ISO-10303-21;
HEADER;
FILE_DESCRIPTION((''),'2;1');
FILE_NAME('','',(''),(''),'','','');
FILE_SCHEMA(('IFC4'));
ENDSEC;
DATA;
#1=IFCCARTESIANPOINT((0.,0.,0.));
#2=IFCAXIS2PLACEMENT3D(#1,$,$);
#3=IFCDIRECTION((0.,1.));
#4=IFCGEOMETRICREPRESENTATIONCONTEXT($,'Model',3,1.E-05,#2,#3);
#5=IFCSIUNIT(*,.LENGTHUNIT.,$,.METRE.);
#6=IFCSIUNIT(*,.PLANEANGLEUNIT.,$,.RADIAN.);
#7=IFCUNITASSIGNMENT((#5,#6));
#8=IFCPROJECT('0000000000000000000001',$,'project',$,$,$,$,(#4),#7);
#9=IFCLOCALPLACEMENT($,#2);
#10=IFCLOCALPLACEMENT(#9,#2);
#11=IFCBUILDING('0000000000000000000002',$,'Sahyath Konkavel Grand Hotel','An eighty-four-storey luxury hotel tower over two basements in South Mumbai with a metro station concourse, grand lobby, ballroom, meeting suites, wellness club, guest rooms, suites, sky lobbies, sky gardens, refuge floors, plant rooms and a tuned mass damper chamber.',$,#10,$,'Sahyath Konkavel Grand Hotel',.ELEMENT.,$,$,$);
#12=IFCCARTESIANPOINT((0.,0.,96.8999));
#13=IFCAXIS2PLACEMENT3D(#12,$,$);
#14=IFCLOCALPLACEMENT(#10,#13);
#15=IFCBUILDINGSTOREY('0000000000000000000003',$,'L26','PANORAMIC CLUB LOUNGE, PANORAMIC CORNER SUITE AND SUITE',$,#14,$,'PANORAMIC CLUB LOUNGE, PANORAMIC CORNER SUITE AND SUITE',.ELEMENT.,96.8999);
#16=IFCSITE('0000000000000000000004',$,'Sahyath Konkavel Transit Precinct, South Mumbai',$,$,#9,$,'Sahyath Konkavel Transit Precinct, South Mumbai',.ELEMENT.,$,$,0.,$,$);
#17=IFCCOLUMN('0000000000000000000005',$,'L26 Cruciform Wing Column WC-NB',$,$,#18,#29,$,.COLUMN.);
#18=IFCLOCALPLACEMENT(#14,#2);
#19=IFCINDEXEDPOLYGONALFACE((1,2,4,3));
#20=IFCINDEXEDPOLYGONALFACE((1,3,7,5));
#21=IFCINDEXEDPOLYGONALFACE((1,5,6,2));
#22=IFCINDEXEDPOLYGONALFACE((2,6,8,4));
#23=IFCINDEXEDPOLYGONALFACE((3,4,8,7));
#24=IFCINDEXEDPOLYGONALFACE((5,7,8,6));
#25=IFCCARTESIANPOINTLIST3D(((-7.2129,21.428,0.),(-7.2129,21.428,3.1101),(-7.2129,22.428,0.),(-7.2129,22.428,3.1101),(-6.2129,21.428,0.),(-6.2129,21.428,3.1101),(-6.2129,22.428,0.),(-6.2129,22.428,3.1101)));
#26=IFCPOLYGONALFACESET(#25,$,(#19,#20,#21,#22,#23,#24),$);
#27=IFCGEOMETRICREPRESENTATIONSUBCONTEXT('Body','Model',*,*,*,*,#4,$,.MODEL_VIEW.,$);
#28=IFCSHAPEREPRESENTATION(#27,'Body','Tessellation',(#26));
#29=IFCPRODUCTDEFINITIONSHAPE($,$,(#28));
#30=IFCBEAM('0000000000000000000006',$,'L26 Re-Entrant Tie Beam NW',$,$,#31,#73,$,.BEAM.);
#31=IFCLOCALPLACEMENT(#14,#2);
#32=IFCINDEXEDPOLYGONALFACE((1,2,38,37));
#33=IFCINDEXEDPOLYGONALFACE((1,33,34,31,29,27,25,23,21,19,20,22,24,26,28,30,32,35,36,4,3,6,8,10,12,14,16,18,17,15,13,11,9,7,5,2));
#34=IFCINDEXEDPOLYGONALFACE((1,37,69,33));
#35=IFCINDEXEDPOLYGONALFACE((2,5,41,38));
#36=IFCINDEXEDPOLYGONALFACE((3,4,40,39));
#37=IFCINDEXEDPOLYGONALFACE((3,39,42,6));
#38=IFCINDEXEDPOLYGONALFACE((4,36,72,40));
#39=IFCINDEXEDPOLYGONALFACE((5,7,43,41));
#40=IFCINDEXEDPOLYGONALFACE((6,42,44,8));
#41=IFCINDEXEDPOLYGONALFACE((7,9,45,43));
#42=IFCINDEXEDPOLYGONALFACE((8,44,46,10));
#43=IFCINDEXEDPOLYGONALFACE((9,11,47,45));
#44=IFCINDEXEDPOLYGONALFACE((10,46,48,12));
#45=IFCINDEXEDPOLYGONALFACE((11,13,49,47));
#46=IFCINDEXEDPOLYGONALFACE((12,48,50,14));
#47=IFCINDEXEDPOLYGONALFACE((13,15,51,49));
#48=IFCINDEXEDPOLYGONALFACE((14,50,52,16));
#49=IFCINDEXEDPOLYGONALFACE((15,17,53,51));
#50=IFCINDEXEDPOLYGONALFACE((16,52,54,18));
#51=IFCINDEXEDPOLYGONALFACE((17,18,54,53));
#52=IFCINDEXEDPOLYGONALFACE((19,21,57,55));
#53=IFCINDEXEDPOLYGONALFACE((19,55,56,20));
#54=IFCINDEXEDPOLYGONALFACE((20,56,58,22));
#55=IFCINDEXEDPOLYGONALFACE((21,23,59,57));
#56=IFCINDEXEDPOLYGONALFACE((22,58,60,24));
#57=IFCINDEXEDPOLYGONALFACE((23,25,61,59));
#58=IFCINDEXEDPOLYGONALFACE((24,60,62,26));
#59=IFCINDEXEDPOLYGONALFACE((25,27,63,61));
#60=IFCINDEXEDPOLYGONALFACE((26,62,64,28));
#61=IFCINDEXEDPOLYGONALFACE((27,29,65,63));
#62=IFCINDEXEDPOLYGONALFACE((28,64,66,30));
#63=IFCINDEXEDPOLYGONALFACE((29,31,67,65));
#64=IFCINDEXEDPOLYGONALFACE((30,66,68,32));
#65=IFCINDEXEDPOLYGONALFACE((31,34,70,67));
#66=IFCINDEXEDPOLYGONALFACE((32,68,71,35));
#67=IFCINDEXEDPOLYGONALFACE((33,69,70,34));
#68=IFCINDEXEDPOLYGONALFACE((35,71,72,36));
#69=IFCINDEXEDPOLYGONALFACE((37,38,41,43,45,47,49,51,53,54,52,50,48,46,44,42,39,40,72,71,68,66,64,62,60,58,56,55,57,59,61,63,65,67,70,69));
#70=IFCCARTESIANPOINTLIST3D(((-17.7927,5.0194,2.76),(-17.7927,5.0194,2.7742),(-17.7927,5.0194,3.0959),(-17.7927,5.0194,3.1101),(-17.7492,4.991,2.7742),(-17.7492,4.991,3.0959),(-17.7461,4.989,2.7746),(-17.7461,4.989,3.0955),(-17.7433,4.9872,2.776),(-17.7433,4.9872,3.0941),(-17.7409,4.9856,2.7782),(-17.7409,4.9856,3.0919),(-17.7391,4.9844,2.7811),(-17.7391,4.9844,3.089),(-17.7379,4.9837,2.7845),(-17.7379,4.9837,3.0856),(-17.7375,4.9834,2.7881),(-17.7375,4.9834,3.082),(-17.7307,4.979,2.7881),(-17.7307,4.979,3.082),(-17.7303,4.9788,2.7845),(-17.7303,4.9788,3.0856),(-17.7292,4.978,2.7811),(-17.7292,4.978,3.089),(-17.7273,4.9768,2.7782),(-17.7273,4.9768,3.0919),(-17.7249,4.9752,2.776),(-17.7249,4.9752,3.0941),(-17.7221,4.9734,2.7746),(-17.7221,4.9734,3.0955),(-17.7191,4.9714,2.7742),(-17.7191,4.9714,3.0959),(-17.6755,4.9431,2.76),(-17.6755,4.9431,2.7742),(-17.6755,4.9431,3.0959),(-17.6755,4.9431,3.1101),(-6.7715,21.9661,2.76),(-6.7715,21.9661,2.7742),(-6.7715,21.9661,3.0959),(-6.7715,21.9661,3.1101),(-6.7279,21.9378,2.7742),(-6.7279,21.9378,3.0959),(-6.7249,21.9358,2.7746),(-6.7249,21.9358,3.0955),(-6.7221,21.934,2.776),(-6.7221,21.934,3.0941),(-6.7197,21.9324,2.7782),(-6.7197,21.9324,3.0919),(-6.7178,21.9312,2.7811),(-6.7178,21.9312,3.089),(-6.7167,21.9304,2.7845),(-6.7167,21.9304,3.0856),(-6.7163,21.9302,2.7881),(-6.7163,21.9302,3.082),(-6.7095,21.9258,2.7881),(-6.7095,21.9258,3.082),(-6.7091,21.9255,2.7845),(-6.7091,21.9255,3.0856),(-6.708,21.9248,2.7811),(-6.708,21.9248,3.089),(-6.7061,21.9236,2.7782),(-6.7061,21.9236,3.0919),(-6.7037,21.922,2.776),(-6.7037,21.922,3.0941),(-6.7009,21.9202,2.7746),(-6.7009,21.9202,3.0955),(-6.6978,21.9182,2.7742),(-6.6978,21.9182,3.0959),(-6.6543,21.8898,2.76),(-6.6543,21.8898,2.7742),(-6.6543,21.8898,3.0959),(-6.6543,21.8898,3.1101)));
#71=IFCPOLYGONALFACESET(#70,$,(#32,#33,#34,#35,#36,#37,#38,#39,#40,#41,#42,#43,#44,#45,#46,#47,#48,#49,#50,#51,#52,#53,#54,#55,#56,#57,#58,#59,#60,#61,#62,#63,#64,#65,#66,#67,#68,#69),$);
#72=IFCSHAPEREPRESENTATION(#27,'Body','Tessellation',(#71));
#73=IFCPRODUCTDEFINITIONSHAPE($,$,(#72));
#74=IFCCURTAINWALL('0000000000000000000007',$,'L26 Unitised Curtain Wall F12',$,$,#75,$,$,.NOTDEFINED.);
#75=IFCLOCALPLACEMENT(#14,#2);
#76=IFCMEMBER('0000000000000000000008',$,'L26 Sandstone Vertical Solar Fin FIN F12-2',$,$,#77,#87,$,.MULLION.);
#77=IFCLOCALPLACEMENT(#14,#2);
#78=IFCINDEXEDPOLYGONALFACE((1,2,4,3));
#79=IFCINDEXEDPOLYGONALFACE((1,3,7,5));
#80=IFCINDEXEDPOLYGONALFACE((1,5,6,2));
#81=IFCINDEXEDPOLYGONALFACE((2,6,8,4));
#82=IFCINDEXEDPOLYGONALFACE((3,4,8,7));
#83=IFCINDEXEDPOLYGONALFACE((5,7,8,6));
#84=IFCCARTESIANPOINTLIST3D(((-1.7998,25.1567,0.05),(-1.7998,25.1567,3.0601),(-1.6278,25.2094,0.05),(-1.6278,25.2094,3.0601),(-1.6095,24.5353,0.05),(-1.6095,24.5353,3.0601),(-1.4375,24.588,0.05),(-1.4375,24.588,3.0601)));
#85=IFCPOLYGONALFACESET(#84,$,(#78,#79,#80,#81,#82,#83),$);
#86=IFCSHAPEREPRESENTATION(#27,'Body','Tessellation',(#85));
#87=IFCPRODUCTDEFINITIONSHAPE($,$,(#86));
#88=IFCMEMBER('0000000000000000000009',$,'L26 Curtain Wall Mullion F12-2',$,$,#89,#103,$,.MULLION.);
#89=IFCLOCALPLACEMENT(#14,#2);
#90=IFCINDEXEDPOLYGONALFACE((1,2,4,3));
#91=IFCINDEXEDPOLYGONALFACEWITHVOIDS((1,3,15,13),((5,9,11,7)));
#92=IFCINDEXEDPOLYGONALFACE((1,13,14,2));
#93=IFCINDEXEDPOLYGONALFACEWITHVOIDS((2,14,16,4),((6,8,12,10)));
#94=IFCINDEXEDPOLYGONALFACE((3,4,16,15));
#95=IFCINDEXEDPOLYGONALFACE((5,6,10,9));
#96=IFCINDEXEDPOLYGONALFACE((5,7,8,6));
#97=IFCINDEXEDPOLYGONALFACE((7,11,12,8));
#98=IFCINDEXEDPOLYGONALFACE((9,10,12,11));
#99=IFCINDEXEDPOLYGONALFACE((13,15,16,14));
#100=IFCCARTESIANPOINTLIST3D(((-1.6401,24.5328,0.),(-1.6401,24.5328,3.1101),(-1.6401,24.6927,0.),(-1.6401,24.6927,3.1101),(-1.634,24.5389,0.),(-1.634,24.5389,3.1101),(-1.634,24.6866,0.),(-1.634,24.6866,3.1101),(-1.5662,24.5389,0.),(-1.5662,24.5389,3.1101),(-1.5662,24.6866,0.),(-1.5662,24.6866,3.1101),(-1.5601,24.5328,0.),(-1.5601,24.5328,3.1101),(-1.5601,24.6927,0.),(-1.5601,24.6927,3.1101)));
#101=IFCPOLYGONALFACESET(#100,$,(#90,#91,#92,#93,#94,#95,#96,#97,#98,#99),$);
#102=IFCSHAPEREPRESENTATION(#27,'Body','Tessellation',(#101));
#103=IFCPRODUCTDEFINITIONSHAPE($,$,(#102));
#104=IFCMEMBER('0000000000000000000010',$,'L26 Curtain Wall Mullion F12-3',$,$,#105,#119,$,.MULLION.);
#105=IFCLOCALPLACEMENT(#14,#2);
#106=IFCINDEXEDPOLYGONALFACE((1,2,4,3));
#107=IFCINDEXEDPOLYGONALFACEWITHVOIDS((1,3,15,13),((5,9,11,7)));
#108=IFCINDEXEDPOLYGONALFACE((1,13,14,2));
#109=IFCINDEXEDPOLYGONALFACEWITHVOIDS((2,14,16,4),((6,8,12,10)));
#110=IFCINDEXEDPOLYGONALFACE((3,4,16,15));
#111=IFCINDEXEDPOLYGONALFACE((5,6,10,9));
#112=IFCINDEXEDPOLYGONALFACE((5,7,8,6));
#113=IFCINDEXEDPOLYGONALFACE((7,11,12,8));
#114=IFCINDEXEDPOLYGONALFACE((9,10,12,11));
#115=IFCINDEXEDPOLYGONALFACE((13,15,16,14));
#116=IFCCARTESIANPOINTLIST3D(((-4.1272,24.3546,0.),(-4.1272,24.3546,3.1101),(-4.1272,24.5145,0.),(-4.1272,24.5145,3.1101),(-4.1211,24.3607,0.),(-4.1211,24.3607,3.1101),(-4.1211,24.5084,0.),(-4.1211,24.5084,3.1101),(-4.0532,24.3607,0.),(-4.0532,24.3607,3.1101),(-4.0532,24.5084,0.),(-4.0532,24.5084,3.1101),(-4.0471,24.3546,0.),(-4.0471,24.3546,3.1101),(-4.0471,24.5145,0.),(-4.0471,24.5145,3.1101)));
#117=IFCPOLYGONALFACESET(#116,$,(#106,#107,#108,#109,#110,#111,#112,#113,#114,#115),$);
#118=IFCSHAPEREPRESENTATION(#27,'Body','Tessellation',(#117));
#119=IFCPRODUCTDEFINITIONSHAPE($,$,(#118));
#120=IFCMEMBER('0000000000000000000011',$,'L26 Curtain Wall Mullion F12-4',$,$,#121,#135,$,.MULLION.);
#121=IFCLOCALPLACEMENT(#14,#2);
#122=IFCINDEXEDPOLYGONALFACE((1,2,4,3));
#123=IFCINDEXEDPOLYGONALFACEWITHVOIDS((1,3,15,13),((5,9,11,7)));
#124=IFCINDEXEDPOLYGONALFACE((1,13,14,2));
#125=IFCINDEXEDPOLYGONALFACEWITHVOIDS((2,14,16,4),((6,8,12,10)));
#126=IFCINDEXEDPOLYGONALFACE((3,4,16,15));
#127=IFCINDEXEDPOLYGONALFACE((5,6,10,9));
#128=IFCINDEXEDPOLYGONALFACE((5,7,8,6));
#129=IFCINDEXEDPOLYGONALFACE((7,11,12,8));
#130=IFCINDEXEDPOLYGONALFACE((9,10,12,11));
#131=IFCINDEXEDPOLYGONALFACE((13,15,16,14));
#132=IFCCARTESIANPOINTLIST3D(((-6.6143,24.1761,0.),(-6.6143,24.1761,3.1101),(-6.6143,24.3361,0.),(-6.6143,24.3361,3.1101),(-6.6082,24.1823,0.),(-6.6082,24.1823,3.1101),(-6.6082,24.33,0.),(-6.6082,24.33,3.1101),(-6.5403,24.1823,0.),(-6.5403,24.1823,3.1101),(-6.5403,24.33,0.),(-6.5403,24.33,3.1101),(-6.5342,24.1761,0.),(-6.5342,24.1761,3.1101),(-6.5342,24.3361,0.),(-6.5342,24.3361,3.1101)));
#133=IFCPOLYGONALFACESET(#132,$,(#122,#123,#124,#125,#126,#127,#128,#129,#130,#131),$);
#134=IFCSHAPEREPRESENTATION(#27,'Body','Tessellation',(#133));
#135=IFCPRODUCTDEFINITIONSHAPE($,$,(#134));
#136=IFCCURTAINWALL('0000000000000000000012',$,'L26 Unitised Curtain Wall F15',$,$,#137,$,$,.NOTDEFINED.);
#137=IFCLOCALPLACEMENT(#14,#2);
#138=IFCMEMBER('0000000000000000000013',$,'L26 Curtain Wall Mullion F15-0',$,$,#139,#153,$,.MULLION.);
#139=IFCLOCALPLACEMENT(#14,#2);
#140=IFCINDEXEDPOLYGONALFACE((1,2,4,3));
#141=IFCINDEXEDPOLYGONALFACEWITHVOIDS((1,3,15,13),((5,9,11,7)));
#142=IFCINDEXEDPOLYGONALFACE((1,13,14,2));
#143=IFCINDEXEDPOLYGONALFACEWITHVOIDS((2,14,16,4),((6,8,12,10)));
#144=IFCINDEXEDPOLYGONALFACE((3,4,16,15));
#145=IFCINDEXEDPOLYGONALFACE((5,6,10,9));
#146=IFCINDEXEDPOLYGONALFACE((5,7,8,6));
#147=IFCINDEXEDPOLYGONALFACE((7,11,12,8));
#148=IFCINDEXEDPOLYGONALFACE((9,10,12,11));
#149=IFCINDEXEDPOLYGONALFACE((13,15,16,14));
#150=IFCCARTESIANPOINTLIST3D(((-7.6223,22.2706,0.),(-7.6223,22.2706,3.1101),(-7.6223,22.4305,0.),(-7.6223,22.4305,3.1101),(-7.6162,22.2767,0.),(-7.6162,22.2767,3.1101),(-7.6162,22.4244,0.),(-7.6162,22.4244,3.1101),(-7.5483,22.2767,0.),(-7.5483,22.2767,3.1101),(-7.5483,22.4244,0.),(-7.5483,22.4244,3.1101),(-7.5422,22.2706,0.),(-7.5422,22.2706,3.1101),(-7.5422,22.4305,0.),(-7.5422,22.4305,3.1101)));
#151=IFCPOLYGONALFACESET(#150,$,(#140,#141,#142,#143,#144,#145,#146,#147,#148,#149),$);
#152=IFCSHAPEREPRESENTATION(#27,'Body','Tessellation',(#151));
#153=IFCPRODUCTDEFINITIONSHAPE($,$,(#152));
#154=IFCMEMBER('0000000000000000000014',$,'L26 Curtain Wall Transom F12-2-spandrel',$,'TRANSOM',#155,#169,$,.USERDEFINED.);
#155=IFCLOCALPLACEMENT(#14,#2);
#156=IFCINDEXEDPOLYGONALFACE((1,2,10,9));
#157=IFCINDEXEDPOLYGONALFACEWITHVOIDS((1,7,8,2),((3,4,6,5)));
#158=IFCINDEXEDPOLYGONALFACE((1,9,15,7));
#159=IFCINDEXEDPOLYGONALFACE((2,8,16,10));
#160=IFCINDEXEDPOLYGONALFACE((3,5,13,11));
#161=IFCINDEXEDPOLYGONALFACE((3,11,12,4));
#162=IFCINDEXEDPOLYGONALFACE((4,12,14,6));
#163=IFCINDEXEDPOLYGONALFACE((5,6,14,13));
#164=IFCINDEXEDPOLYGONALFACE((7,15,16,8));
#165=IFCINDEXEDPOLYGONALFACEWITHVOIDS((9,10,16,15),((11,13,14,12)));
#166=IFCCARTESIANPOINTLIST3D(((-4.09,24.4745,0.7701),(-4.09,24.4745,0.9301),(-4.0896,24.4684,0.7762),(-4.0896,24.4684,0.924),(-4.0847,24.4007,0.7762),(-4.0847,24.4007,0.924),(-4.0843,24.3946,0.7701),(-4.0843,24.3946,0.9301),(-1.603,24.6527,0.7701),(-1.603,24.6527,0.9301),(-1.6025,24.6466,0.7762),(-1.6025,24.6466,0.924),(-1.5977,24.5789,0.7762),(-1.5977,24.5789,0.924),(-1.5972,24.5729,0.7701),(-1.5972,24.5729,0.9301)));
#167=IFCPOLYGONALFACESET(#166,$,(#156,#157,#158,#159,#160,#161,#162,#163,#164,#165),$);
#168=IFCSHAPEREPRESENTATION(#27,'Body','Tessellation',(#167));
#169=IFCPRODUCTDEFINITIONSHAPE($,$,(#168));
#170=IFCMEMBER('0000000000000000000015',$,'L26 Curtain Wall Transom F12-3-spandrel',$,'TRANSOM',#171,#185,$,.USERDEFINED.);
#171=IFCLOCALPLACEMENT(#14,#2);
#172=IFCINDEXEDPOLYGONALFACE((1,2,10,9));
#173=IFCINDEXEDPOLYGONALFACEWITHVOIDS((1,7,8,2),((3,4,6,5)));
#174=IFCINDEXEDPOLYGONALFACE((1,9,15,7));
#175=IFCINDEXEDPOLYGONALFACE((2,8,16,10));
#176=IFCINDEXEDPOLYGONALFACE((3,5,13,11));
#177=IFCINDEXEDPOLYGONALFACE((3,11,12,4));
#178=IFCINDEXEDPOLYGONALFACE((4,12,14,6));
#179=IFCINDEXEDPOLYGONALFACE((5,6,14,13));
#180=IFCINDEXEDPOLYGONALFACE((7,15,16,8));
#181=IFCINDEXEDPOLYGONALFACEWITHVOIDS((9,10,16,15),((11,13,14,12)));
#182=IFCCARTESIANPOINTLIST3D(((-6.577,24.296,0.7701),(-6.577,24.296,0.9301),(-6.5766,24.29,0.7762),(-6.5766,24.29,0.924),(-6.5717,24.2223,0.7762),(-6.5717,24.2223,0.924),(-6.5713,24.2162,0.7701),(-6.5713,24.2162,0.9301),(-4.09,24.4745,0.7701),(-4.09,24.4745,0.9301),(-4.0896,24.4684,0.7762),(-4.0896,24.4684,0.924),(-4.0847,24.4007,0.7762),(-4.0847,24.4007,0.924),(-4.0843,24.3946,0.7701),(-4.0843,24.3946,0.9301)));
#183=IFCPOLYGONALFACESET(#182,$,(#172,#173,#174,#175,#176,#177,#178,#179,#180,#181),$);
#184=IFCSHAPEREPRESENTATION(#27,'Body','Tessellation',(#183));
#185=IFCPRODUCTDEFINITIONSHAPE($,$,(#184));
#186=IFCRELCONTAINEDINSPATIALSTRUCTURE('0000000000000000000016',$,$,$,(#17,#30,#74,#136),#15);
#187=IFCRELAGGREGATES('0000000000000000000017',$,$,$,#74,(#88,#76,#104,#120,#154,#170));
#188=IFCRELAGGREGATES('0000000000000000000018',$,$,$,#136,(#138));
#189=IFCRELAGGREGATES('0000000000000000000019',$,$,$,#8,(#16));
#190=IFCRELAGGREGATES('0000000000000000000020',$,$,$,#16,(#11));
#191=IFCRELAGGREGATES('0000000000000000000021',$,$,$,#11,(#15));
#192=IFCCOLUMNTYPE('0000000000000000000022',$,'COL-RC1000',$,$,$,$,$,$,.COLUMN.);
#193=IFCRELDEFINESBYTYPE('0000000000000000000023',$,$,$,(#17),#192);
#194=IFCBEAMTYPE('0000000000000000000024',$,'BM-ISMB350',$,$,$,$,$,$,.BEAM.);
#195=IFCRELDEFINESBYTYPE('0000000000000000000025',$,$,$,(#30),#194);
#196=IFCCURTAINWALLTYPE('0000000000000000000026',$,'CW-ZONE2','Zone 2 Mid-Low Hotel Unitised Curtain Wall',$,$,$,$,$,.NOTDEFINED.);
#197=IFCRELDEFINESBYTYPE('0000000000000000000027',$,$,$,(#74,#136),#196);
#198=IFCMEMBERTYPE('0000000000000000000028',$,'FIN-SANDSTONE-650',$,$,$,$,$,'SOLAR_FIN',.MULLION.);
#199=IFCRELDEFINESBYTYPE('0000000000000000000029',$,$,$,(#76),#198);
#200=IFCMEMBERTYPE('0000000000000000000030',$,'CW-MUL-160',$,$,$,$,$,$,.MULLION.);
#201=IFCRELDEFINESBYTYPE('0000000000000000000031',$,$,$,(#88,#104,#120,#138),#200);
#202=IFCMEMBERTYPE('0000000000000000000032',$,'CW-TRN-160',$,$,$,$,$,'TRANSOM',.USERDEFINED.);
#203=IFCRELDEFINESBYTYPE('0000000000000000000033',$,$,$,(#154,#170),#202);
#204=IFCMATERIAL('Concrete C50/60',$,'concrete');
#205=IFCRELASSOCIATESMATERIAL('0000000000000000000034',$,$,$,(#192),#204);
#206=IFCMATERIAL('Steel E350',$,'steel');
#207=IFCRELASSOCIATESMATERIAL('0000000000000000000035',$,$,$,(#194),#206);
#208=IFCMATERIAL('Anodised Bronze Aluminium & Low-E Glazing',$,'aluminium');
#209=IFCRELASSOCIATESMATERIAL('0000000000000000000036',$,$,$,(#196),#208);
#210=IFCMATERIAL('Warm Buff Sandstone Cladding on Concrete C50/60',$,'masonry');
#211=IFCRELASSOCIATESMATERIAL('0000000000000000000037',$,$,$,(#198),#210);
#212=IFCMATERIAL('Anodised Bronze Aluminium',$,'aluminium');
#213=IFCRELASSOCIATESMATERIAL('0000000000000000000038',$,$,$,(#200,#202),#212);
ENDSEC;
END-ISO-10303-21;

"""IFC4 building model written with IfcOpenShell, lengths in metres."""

from ifc_helpers import new_model, si_unit, direction, frame, origin, origin_2d, place, context, subcontext, project, spatial, rectangle, hollow_rectangle, i_section, extrude, source, transform, mapped, material, material_profile, profile_set, type_object, element, aggregate, save


model = new_model("IFC4")

# Units and contexts
model_context = context("Model", 3, precision=1e-05, world=origin(), true_north=direction((0.0, 1.0)))
body_context = subcontext(model_context, "Body", "Model", "MODEL_VIEW")
ifc_project = project(units=[si_unit("LENGTHUNIT", "METRE"), si_unit("PLANEANGLEUNIT", "RADIAN")], contexts=[model_context])

# Site, building, storey
site_placement = place(None, origin())
site = spatial("IfcSite", under=ifc_project, at=site_placement, Name="Sahyath Konkavel Transit Precinct, South Mumbai", LongName="Sahyath Konkavel Transit Precinct, South Mumbai", CompositionType="ELEMENT", RefElevation=0.0)
building_placement = place(site_placement, origin())
building = spatial("IfcBuilding", under=site, at=building_placement, Name="Sahyath Konkavel Grand Hotel", Description="An eighty-four-storey luxury hotel tower over two basements in South Mumbai with a metro station concourse, grand lobby, ballroom, meeting suites, wellness club, guest rooms, suites, sky lobbies, sky gardens, refuge floors, plant rooms and a tuned mass damper chamber.", LongName="Sahyath Konkavel Grand Hotel", CompositionType="ELEMENT")
storey_placement = place(building_placement, frame((0.0, 0.0, 96.8999)))
storey = spatial("IfcBuildingStorey", under=building, at=storey_placement, Name="L26", Description="PANORAMIC CLUB LOUNGE, PANORAMIC CORNER SUITE AND SUITE", LongName="PANORAMIC CLUB LOUNGE, PANORAMIC CORNER SUITE AND SUITE", CompositionType="ELEMENT", Elevation=96.8999)

# Column
ifc_material_1 = material(Name="Concrete C50/60", Category="concrete")
ifc_material_profile_1 = material_profile(ifc_material_1, rectangle(XDim=1.0, YDim=1.0, at=origin_2d()), Name="RC 1000x1000")
ifc_profile_set_1 = profile_set([ifc_material_profile_1], Name="Concrete C50/60")
column_type = type_object("IfcColumnType", Name="COL-RC1000", PredefinedType="COLUMN", material=ifc_profile_set_1)
shared_shape_1 = source(origin(), body_context, "Body", "SweptSolid", [
    extrude(rectangle(XDim=1.0, YDim=1.0, at=origin_2d()), origin(), (0.0, 0.0, 1.0), 3.1101),
])
column_placement = place(storey_placement, frame((-6.7129, 21.928, 0.0), z_axis=(0.0, 0.0, 1.0), x_axis=(1.0, 0.0, 0.0)))
element("IfcColumn", 1, at=column_placement, inside=storey, type_object=column_type, Name="L26 Cruciform Wing Column WC-NB", PredefinedType="COLUMN", context=body_context, shape_type="MappedRepresentation", body=[
    mapped(shared_shape_1, transform((0.0, 0.0, 0.0), scale=1.0)),
])

# Beam
ifc_material_2 = material(Name="Steel E350", Category="steel")
ifc_material_profile_2 = material_profile(ifc_material_2, i_section(OverallWidth=0.1399, OverallDepth=0.3501, WebThickness=0.0081, FlangeThickness=0.0142, FilletRadius=0.0139, at=origin_2d()), Name="ISMB 350")
ifc_profile_set_2 = profile_set([ifc_material_profile_2], Name="Steel E350")
beam_type_1 = type_object("IfcBeamType", Name="BM-ISMB350", PredefinedType="BEAM", material=ifc_profile_set_2)
shared_shape_2 = source(origin(), body_context, "Body", "SweptSolid", [
    extrude(i_section(OverallWidth=0.1399, OverallDepth=0.3501, WebThickness=0.0081, FlangeThickness=0.0142, FilletRadius=0.0139, at=origin_2d()), origin(), (0.0, 0.0, 1.0), 20.2153),
])
beam_1_placement = place(storey_placement, frame((-6.7129, 21.928, 2.9351), z_axis=(-0.545191, -0.838312, 0.0), x_axis=(0.838312, -0.545191, 0.0)))
element("IfcBeam", 2, at=beam_1_placement, inside=storey, type_object=beam_type_1, Name="L26 Re-Entrant Tie Beam NW", PredefinedType="BEAM", context=body_context, shape_type="MappedRepresentation", body=[
    mapped(shared_shape_2, transform((0.0, 0.0, 0.0), scale=1.0)),
])

# Curtain wall, members
ifc_material_3 = material(Name="Anodised Bronze Aluminium & Low-E Glazing", Category="aluminium")
curtain_wall_type = type_object("IfcCurtainWallType", Name="CW-ZONE2", Description="Zone 2 Mid-Low Hotel Unitised Curtain Wall", PredefinedType="NOTDEFINED", material=ifc_material_3)
curtain_wall_1_placement = place(storey_placement, origin())
curtain_wall_1 = element("IfcCurtainWall", 3, at=curtain_wall_1_placement, inside=storey, type_object=curtain_wall_type, Name="L26 Unitised Curtain Wall F12", PredefinedType="NOTDEFINED")
ifc_material_4 = material(Name="Warm Buff Sandstone Cladding on Concrete C50/60", Category="masonry")
ifc_material_profile_3 = material_profile(ifc_material_4, rectangle(XDim=0.1799, YDim=0.6499, at=origin_2d()), Name="FIN 180x650")
ifc_profile_set_3 = profile_set([ifc_material_profile_3], Name="Warm Buff Sandstone Cladding on Concrete C50/60")
member_type_1 = type_object("IfcMemberType", Name="FIN-SANDSTONE-650", ElementType="SOLAR_FIN", PredefinedType="MULLION", material=ifc_profile_set_3)
shared_shape_3 = source(origin(), body_context, "Body", "SweptSolid", [
    extrude(rectangle(XDim=0.1799, YDim=0.6499, at=origin_2d()), origin(), (0.0, 0.0, 1.0), 3.01),
])
member_1_placement = place(storey_placement, frame((-1.6187, 24.8723, 0.05), z_axis=(0.0, 0.0, 1.0), x_axis=(0.956152, 0.292872, 0.0)))
member_1 = element("IfcMember", 4, at=member_1_placement, type_object=member_type_1, Name="L26 Sandstone Vertical Solar Fin FIN F12-2", PredefinedType="MULLION", context=body_context, shape_type="MappedRepresentation", body=[
    mapped(shared_shape_3, transform((0.0, 0.0, 0.0), scale=1.0)),
])
ifc_material_5 = material(Name="Anodised Bronze Aluminium", Category="aluminium")
ifc_material_profile_4 = material_profile(ifc_material_5, hollow_rectangle(XDim=0.0801, YDim=0.1599, WallThickness=0.0061, at=origin_2d()), Name="RHS 160x80x6")
ifc_profile_set_4 = profile_set([ifc_material_profile_4], Name="Anodised Bronze Aluminium")
member_type_2 = type_object("IfcMemberType", Name="CW-MUL-160", PredefinedType="MULLION", material=ifc_profile_set_4)
shared_shape_4 = source(origin(), body_context, "Body", "SweptSolid", [
    extrude(hollow_rectangle(XDim=0.0801, YDim=0.1599, WallThickness=0.0061, at=origin_2d()), origin(), (0.0, 0.0, 1.0), 3.1101),
])
member_2_placement = place(storey_placement, frame((-1.6001, 24.6128, 0.0), z_axis=(0.0, 0.0, 1.0), x_axis=(1.0, 0.0, 0.0)))
member_2 = element("IfcMember", 5, at=member_2_placement, type_object=member_type_2, Name="L26 Curtain Wall Mullion F12-2", PredefinedType="MULLION", context=body_context, shape_type="MappedRepresentation", body=[
    mapped(shared_shape_4, transform((0.0, 0.0, 0.0), scale=1.0)),
])
member_3_placement = place(storey_placement, frame((-4.0872, 24.4346, 0.0), z_axis=(0.0, 0.0, 1.0), x_axis=(1.0, 0.0, 0.0)))
member_3 = element("IfcMember", 6, at=member_3_placement, type_object=member_type_2, Name="L26 Curtain Wall Mullion F12-3", PredefinedType="MULLION", context=body_context, shape_type="MappedRepresentation", body=[
    mapped(shared_shape_4, transform((0.0, 0.0, 0.0), scale=1.0)),
])
member_4_placement = place(storey_placement, frame((-6.5742, 24.2561, 0.0), z_axis=(0.0, 0.0, 1.0), x_axis=(1.0, 0.0, 0.0)))
member_4 = element("IfcMember", 7, at=member_4_placement, type_object=member_type_2, Name="L26 Curtain Wall Mullion F12-4", PredefinedType="MULLION", context=body_context, shape_type="MappedRepresentation", body=[
    mapped(shared_shape_4, transform((0.0, 0.0, 0.0), scale=1.0)),
])

# Curtain wall, member
curtain_wall_2_placement = place(storey_placement, origin())
curtain_wall_2 = element("IfcCurtainWall", 8, at=curtain_wall_2_placement, inside=storey, type_object=curtain_wall_type, Name="L26 Unitised Curtain Wall F15", PredefinedType="NOTDEFINED")
member_5_placement = place(storey_placement, frame((-7.5823, 22.3506, 0.0), z_axis=(0.0, 0.0, 1.0), x_axis=(1.0, 0.0, 0.0)))
member_5 = element("IfcMember", 9, at=member_5_placement, type_object=member_type_2, Name="L26 Curtain Wall Mullion F15-0", PredefinedType="MULLION", context=body_context, shape_type="MappedRepresentation", body=[
    mapped(shared_shape_4, transform((0.0, 0.0, 0.0), scale=1.0)),
])

# Members
ifc_material_profile_5 = material_profile(ifc_material_5, hollow_rectangle(XDim=0.0801, YDim=0.1599, WallThickness=0.0061, at=origin_2d()), Name="RHS 160x80x6")
ifc_profile_set_5 = profile_set([ifc_material_profile_5], Name="Anodised Bronze Aluminium")
member_type_3 = type_object("IfcMemberType", Name="CW-TRN-160", ElementType="TRANSOM", PredefinedType="USERDEFINED", material=ifc_profile_set_5)
shared_shape_5 = source(origin(), body_context, "Body", "SweptSolid", [
    extrude(hollow_rectangle(XDim=0.0801, YDim=0.1599, WallThickness=0.0061, at=origin_2d()), origin(), (0.0, 0.0, 1.0), 2.4934),
])
member_6_placement = place(storey_placement, frame((-1.6001, 24.6128, 0.8501), z_axis=(-0.997442, -0.071477, 0.0), x_axis=(0.071477, -0.997442, 0.0)))
member_6 = element("IfcMember", 10, at=member_6_placement, type_object=member_type_3, Name="L26 Curtain Wall Transom F12-2-spandrel", ObjectType="TRANSOM", PredefinedType="USERDEFINED", context=body_context, shape_type="MappedRepresentation", body=[
    mapped(shared_shape_5, transform((0.0, 0.0, 0.0), scale=1.0)),
])
member_7_placement = place(storey_placement, frame((-4.0872, 24.4346, 0.8501), z_axis=(-0.997435, -0.071574, 0.0), x_axis=(0.071574, -0.997435, 0.0)))
member_7 = element("IfcMember", 11, at=member_7_placement, type_object=member_type_3, Name="L26 Curtain Wall Transom F12-3-spandrel", ObjectType="TRANSOM", PredefinedType="USERDEFINED", context=body_context, shape_type="MappedRepresentation", body=[
    mapped(shared_shape_5, transform((0.0, 0.0, 0.0), scale=1.0)),
])

aggregate(curtain_wall_1, [member_2, member_1, member_3, member_4, member_6, member_7])
aggregate(curtain_wall_2, [member_5])

save(model, "model.ifc")
